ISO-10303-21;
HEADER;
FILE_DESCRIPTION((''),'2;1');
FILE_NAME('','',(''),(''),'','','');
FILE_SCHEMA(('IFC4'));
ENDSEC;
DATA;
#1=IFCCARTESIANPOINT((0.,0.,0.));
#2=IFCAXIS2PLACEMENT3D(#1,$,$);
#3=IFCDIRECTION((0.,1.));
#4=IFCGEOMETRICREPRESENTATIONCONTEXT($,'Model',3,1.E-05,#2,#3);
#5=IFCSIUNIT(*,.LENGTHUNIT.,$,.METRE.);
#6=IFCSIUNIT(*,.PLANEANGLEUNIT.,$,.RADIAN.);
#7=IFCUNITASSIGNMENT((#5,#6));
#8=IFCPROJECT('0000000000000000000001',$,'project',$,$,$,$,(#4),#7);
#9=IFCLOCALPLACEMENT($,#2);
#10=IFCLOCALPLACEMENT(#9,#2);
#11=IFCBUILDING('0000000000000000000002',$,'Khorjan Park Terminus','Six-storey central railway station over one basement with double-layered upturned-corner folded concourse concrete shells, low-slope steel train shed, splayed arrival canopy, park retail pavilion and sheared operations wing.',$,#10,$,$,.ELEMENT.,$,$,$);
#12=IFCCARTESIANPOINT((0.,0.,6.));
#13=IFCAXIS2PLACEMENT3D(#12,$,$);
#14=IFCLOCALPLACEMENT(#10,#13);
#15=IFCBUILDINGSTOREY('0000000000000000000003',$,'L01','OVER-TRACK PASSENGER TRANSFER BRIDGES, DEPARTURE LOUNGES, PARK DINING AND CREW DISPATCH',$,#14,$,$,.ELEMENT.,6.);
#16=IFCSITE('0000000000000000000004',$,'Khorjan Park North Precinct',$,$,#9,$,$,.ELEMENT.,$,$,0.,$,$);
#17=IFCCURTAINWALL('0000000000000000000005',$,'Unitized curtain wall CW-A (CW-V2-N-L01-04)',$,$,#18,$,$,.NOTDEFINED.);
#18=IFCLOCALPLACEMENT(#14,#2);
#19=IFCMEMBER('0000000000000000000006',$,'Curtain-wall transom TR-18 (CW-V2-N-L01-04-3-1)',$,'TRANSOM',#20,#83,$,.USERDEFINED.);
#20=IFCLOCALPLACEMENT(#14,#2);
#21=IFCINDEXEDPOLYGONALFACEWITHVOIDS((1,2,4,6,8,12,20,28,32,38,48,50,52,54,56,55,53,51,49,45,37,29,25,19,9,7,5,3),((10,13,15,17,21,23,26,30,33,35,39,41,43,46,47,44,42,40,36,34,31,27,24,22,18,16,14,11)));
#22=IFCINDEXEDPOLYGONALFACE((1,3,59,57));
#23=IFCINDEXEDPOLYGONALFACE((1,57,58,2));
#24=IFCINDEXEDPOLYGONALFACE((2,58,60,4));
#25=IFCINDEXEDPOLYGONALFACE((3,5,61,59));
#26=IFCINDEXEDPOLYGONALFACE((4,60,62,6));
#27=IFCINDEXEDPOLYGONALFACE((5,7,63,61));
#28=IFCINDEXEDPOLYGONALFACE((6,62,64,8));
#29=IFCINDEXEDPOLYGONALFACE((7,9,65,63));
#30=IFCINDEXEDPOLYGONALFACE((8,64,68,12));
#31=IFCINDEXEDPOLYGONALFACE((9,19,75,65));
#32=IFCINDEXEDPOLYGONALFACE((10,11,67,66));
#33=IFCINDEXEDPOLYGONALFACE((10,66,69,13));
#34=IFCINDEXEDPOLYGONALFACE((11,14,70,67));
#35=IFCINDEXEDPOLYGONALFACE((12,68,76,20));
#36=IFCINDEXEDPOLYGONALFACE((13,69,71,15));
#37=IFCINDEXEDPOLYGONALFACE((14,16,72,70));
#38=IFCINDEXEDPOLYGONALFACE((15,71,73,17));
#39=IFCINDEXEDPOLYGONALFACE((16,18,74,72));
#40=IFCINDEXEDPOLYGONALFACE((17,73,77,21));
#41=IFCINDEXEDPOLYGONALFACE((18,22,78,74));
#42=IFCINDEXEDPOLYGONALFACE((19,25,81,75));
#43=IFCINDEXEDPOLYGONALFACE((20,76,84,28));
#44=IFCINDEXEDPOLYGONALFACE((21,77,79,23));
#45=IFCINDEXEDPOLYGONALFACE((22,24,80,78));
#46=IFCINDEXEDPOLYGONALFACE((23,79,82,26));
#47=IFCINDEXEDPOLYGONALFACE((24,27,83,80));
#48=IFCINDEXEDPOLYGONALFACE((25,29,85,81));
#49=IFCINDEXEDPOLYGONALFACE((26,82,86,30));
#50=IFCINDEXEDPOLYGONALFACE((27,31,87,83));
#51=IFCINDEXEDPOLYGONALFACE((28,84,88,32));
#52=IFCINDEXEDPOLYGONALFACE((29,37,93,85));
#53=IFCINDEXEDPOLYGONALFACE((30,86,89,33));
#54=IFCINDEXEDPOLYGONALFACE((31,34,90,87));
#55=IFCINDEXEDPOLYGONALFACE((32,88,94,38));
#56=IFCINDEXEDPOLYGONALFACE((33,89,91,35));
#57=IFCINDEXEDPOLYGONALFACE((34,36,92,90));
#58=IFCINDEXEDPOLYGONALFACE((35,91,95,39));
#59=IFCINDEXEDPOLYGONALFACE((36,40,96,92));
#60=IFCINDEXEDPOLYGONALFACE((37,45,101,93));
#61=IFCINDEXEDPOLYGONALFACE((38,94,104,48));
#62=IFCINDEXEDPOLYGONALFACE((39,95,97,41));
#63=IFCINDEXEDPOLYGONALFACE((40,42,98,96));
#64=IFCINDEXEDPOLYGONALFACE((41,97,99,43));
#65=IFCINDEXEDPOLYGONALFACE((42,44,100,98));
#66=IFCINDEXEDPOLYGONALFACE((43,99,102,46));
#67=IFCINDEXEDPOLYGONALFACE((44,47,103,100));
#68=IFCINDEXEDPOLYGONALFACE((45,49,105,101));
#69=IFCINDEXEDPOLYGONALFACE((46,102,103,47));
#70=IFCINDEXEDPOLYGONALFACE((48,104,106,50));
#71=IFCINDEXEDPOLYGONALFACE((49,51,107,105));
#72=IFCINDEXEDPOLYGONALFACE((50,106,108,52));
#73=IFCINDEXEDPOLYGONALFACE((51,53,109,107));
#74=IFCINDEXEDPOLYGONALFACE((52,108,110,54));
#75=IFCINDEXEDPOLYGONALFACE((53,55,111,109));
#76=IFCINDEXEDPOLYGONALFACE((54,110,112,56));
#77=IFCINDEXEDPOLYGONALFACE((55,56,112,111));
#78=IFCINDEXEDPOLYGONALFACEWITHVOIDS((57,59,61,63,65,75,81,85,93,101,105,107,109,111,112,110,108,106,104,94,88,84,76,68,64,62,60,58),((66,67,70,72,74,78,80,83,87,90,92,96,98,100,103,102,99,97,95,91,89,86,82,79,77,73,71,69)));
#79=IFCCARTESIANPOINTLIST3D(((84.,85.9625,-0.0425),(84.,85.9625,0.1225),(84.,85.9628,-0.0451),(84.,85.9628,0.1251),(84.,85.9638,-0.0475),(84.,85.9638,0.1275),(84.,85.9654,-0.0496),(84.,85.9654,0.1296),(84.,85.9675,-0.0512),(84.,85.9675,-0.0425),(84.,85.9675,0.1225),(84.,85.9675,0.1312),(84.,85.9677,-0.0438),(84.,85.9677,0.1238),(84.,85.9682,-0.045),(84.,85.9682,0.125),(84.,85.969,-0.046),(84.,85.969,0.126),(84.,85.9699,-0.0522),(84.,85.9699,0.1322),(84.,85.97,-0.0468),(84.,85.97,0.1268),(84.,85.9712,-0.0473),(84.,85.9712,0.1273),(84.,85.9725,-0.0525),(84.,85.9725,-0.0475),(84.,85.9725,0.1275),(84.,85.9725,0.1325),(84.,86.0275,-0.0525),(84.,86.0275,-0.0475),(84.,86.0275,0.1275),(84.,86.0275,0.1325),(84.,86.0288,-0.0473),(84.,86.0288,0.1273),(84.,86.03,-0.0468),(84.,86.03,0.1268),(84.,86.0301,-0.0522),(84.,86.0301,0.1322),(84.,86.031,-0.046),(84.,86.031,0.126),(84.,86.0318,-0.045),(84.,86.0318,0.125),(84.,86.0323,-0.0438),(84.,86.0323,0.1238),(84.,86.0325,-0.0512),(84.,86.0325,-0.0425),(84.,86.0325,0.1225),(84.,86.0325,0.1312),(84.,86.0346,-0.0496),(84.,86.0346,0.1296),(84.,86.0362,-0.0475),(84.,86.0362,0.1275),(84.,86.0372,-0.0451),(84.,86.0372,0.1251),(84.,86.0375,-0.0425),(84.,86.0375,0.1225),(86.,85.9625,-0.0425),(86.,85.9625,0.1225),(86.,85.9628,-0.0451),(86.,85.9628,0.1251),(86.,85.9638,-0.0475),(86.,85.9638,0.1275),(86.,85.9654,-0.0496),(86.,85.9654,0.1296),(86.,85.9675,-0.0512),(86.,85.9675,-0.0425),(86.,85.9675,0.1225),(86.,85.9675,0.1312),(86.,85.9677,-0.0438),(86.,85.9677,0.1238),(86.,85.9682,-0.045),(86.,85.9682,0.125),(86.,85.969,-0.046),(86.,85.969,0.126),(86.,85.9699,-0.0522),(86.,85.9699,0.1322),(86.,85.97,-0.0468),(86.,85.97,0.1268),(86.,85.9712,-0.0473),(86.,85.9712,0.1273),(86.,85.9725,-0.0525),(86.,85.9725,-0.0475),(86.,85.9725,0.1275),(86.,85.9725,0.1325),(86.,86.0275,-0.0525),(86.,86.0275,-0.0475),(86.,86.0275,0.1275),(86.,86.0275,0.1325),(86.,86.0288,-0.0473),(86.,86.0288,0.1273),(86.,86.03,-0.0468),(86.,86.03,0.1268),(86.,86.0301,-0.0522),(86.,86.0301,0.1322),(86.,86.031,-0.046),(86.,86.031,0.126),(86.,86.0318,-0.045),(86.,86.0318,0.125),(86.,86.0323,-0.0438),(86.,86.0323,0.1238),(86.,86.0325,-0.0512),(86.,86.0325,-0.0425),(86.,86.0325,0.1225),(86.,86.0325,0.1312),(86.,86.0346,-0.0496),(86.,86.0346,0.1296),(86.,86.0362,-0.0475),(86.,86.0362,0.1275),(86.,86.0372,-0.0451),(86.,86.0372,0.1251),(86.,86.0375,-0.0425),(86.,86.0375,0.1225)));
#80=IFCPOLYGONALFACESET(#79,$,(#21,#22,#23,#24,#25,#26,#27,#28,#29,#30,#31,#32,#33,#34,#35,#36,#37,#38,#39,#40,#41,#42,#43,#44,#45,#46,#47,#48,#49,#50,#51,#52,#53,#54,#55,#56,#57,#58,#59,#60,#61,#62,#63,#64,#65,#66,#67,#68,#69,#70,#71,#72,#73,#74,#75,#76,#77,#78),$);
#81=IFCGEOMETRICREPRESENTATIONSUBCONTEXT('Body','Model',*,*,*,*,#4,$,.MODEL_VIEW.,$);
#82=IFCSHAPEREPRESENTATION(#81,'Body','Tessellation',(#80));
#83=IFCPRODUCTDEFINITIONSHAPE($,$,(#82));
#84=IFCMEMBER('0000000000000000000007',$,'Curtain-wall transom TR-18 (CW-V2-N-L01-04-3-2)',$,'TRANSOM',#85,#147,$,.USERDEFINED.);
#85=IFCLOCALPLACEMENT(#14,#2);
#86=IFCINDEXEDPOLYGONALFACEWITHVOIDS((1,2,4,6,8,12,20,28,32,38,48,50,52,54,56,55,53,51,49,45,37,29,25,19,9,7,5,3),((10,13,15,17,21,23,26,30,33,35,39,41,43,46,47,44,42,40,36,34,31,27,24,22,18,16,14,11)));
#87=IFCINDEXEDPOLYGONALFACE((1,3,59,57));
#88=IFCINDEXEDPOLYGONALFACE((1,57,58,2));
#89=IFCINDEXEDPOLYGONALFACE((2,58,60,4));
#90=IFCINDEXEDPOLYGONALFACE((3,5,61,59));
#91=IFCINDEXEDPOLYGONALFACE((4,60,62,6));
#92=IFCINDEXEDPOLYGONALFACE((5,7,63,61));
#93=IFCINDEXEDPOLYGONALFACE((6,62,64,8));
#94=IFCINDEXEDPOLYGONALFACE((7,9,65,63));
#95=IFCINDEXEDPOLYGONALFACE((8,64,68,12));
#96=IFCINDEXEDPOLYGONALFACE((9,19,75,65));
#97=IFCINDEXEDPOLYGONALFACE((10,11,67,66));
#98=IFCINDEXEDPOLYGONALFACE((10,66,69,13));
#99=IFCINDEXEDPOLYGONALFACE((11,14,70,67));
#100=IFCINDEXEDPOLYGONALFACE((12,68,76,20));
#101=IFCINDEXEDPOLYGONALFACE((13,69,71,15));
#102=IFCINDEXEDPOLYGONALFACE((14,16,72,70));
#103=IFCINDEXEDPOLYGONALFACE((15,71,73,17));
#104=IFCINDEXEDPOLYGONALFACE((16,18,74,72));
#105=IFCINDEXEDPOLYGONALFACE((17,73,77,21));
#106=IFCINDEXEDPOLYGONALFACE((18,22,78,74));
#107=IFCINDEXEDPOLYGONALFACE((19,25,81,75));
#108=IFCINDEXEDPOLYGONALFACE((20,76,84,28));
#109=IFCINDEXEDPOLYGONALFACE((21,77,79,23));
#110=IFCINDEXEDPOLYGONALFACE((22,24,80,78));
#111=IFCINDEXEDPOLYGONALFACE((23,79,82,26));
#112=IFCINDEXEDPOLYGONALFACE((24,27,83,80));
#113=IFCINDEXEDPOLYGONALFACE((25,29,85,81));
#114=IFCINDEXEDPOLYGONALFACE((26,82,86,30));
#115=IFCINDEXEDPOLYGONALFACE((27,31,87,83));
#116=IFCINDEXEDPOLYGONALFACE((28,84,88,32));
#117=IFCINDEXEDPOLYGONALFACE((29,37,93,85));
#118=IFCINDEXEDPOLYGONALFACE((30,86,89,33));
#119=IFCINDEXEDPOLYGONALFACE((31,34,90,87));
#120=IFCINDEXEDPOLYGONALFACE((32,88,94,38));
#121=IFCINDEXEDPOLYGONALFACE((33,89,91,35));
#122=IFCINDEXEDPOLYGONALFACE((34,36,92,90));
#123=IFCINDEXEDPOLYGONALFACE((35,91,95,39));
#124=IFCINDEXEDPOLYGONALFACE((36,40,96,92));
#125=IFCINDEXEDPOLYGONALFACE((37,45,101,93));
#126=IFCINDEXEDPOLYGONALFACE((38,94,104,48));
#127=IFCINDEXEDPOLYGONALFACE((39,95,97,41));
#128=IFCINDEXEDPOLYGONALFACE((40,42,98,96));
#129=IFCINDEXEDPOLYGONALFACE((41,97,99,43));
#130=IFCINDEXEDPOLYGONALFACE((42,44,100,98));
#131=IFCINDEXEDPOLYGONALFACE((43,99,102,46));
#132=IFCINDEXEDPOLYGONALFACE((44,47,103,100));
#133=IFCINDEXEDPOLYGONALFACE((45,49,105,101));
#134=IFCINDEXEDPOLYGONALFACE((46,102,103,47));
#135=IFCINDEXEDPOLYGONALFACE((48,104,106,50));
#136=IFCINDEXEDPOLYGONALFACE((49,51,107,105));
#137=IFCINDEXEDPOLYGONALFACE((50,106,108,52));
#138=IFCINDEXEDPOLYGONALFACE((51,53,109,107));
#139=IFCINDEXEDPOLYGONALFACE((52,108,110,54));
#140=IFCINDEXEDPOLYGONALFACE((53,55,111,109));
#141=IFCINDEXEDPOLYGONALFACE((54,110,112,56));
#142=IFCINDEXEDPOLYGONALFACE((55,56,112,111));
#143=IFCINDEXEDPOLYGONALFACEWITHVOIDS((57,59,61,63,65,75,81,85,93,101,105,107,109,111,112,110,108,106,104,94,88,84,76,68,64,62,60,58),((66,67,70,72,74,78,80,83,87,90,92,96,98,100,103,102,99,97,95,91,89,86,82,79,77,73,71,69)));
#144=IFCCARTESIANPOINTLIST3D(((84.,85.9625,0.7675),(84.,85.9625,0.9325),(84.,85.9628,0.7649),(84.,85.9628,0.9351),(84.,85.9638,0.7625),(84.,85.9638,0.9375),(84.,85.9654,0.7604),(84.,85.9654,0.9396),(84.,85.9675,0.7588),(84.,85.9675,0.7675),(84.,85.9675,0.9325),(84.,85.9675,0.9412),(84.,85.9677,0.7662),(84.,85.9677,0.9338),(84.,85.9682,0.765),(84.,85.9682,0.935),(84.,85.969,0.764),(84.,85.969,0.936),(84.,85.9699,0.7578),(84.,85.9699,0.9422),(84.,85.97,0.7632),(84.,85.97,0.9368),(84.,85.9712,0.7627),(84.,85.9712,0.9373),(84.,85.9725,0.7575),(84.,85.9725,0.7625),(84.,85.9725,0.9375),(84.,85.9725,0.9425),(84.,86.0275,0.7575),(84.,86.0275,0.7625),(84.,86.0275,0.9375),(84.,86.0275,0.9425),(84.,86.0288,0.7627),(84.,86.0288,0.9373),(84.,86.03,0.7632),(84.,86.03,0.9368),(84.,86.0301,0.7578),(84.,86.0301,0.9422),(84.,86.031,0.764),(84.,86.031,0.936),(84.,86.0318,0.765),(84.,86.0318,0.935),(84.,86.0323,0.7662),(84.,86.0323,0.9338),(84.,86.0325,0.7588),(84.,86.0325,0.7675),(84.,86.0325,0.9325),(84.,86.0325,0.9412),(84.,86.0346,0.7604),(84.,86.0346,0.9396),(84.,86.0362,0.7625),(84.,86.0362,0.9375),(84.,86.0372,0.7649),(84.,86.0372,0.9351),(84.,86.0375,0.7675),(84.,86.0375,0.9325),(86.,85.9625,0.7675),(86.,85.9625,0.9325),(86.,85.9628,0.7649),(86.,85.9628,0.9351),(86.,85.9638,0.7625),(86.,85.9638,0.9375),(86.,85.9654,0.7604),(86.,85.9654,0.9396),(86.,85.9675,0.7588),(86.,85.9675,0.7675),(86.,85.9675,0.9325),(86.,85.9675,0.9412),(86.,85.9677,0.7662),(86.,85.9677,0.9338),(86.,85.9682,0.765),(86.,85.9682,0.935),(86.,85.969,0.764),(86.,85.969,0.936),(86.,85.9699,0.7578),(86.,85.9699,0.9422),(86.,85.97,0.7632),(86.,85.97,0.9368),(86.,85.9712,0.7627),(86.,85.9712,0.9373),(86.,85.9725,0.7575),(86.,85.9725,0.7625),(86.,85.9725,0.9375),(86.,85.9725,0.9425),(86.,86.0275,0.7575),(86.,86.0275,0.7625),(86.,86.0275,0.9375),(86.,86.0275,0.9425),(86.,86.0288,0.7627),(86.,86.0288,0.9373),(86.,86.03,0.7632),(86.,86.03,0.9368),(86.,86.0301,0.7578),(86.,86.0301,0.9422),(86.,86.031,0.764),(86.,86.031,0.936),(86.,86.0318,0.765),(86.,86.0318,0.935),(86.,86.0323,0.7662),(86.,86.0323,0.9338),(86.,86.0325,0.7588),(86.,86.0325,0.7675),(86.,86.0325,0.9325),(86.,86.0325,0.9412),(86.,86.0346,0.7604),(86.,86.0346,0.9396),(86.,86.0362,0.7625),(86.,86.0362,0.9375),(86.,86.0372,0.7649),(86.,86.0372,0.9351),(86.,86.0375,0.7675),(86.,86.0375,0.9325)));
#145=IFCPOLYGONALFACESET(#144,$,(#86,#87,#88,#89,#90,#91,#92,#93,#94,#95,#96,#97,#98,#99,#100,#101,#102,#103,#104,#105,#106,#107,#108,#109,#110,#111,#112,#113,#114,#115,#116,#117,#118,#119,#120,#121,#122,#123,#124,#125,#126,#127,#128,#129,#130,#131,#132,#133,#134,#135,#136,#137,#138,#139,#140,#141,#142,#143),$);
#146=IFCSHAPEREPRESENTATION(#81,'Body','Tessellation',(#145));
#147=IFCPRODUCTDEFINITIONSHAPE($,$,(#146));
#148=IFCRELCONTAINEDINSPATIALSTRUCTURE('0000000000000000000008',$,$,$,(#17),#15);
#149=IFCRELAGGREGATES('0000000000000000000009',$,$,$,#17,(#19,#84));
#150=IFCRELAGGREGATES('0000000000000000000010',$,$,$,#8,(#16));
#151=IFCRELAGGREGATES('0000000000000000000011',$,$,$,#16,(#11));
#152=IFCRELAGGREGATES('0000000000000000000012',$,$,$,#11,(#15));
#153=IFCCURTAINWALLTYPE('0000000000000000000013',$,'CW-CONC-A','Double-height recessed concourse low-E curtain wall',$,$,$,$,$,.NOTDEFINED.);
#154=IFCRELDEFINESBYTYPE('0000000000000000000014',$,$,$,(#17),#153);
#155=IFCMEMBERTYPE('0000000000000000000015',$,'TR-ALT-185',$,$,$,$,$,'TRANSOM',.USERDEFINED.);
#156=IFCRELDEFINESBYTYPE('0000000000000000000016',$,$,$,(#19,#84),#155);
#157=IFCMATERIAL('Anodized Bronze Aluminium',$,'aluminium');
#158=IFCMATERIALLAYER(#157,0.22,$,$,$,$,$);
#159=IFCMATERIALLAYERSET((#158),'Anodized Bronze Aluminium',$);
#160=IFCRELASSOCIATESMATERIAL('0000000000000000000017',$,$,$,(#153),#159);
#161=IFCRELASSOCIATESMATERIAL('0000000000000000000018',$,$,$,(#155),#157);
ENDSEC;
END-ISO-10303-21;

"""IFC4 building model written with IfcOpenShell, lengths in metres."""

from ifc_helpers import new_model, si_unit, direction, frame, origin, origin_2d, place, context, subcontext, project, spatial, hollow_rectangle, extrude, material, layer, layer_set, material_profile, profile_set, type_object, element, aggregate, save


model = new_model("IFC4")

# Units and contexts
model_context = context("Model", 3, precision=1e-05, world=origin(), true_north=direction((0.0, 1.0)))
body_context = subcontext(model_context, "Body", "Model", "MODEL_VIEW")
ifc_project = project(units=[si_unit("LENGTHUNIT", "METRE"), si_unit("PLANEANGLEUNIT", "RADIAN")], contexts=[model_context])

# Site, building, storey
site_placement = place(None, origin())
site = spatial("IfcSite", under=ifc_project, at=site_placement, Name="Khorjan Park North Precinct", CompositionType="ELEMENT", RefElevation=0.0)
building_placement = place(site_placement, origin())
building = spatial("IfcBuilding", under=site, at=building_placement, Name="Khorjan Park Terminus", Description="Six-storey central railway station over one basement with double-layered upturned-corner folded concourse concrete shells, low-slope steel train shed, splayed arrival canopy, park retail pavilion and sheared operations wing.", CompositionType="ELEMENT")
storey_placement = place(building_placement, frame((0.0, 0.0, 6.0)))
storey = spatial("IfcBuildingStorey", under=building, at=storey_placement, Name="L01", Description="OVER-TRACK PASSENGER TRANSFER BRIDGES, DEPARTURE LOUNGES, PARK DINING AND CREW DISPATCH", CompositionType="ELEMENT", Elevation=6.0)

# Curtain wall
ifc_material_1 = material(Name="Anodized Bronze Aluminium", Category="aluminium")
ifc_layer_1 = layer(ifc_material_1, 0.22)
ifc_layer_set_1 = layer_set([ifc_layer_1], Name="Anodized Bronze Aluminium")
curtain_wall_type = type_object("IfcCurtainWallType", Name="CW-CONC-A", Description="Double-height recessed concourse low-E curtain wall", PredefinedType="NOTDEFINED", material=ifc_layer_set_1)
curtain_wall_placement = place(storey_placement, origin())
curtain_wall = element("IfcCurtainWall", 1, at=curtain_wall_placement, inside=storey, type_object=curtain_wall_type, Name="Unitized curtain wall CW-A (CW-V2-N-L01-04)", PredefinedType="NOTDEFINED")

# Members
ifc_material_profile_1 = material_profile(ifc_material_1, hollow_rectangle(XDim=0.075, YDim=0.185, WallThickness=0.005, InnerFilletRadius=0.005, OuterFilletRadius=0.01, at=origin_2d()), Name="ALT 75x185x5")
ifc_profile_set_1 = profile_set([ifc_material_profile_1], Name="Anodized Bronze Aluminium")
member_type_1 = type_object("IfcMemberType", Name="TR-ALT-185", ElementType="TRANSOM", PredefinedType="USERDEFINED", material=ifc_profile_set_1)
member_1_placement = place(storey_placement, frame((86.0, 86.0, 0.04), z_axis=(-1.0, 0.0, 0.0), x_axis=(0.0, -1.0, 0.0)))
member_1 = element("IfcMember", 2, at=member_1_placement, type_object=member_type_1, Name="Curtain-wall transom TR-18 (CW-V2-N-L01-04-3-1)", ObjectType="TRANSOM", PredefinedType="USERDEFINED", context=body_context, shape_type="SweptSolid", body=[
    extrude(hollow_rectangle(XDim=0.075, YDim=0.185, WallThickness=0.005, InnerFilletRadius=0.005, OuterFilletRadius=0.01, at=origin_2d()), origin(), (0.0, 0.0, 1.0), 2.0),
])
member_2_placement = place(storey_placement, frame((86.0, 86.0, 0.85), z_axis=(-1.0, 0.0, 0.0), x_axis=(0.0, -1.0, 0.0)))
member_2 = element("IfcMember", 3, at=member_2_placement, type_object=member_type_1, Name="Curtain-wall transom TR-18 (CW-V2-N-L01-04-3-2)", ObjectType="TRANSOM", PredefinedType="USERDEFINED", context=body_context, shape_type="SweptSolid", body=[
    extrude(hollow_rectangle(XDim=0.075, YDim=0.185, WallThickness=0.005, InnerFilletRadius=0.005, OuterFilletRadius=0.01, at=origin_2d()), origin(), (0.0, 0.0, 1.0), 2.0),
])

aggregate(curtain_wall, [member_1, member_2])

save(model, "model.ifc")
